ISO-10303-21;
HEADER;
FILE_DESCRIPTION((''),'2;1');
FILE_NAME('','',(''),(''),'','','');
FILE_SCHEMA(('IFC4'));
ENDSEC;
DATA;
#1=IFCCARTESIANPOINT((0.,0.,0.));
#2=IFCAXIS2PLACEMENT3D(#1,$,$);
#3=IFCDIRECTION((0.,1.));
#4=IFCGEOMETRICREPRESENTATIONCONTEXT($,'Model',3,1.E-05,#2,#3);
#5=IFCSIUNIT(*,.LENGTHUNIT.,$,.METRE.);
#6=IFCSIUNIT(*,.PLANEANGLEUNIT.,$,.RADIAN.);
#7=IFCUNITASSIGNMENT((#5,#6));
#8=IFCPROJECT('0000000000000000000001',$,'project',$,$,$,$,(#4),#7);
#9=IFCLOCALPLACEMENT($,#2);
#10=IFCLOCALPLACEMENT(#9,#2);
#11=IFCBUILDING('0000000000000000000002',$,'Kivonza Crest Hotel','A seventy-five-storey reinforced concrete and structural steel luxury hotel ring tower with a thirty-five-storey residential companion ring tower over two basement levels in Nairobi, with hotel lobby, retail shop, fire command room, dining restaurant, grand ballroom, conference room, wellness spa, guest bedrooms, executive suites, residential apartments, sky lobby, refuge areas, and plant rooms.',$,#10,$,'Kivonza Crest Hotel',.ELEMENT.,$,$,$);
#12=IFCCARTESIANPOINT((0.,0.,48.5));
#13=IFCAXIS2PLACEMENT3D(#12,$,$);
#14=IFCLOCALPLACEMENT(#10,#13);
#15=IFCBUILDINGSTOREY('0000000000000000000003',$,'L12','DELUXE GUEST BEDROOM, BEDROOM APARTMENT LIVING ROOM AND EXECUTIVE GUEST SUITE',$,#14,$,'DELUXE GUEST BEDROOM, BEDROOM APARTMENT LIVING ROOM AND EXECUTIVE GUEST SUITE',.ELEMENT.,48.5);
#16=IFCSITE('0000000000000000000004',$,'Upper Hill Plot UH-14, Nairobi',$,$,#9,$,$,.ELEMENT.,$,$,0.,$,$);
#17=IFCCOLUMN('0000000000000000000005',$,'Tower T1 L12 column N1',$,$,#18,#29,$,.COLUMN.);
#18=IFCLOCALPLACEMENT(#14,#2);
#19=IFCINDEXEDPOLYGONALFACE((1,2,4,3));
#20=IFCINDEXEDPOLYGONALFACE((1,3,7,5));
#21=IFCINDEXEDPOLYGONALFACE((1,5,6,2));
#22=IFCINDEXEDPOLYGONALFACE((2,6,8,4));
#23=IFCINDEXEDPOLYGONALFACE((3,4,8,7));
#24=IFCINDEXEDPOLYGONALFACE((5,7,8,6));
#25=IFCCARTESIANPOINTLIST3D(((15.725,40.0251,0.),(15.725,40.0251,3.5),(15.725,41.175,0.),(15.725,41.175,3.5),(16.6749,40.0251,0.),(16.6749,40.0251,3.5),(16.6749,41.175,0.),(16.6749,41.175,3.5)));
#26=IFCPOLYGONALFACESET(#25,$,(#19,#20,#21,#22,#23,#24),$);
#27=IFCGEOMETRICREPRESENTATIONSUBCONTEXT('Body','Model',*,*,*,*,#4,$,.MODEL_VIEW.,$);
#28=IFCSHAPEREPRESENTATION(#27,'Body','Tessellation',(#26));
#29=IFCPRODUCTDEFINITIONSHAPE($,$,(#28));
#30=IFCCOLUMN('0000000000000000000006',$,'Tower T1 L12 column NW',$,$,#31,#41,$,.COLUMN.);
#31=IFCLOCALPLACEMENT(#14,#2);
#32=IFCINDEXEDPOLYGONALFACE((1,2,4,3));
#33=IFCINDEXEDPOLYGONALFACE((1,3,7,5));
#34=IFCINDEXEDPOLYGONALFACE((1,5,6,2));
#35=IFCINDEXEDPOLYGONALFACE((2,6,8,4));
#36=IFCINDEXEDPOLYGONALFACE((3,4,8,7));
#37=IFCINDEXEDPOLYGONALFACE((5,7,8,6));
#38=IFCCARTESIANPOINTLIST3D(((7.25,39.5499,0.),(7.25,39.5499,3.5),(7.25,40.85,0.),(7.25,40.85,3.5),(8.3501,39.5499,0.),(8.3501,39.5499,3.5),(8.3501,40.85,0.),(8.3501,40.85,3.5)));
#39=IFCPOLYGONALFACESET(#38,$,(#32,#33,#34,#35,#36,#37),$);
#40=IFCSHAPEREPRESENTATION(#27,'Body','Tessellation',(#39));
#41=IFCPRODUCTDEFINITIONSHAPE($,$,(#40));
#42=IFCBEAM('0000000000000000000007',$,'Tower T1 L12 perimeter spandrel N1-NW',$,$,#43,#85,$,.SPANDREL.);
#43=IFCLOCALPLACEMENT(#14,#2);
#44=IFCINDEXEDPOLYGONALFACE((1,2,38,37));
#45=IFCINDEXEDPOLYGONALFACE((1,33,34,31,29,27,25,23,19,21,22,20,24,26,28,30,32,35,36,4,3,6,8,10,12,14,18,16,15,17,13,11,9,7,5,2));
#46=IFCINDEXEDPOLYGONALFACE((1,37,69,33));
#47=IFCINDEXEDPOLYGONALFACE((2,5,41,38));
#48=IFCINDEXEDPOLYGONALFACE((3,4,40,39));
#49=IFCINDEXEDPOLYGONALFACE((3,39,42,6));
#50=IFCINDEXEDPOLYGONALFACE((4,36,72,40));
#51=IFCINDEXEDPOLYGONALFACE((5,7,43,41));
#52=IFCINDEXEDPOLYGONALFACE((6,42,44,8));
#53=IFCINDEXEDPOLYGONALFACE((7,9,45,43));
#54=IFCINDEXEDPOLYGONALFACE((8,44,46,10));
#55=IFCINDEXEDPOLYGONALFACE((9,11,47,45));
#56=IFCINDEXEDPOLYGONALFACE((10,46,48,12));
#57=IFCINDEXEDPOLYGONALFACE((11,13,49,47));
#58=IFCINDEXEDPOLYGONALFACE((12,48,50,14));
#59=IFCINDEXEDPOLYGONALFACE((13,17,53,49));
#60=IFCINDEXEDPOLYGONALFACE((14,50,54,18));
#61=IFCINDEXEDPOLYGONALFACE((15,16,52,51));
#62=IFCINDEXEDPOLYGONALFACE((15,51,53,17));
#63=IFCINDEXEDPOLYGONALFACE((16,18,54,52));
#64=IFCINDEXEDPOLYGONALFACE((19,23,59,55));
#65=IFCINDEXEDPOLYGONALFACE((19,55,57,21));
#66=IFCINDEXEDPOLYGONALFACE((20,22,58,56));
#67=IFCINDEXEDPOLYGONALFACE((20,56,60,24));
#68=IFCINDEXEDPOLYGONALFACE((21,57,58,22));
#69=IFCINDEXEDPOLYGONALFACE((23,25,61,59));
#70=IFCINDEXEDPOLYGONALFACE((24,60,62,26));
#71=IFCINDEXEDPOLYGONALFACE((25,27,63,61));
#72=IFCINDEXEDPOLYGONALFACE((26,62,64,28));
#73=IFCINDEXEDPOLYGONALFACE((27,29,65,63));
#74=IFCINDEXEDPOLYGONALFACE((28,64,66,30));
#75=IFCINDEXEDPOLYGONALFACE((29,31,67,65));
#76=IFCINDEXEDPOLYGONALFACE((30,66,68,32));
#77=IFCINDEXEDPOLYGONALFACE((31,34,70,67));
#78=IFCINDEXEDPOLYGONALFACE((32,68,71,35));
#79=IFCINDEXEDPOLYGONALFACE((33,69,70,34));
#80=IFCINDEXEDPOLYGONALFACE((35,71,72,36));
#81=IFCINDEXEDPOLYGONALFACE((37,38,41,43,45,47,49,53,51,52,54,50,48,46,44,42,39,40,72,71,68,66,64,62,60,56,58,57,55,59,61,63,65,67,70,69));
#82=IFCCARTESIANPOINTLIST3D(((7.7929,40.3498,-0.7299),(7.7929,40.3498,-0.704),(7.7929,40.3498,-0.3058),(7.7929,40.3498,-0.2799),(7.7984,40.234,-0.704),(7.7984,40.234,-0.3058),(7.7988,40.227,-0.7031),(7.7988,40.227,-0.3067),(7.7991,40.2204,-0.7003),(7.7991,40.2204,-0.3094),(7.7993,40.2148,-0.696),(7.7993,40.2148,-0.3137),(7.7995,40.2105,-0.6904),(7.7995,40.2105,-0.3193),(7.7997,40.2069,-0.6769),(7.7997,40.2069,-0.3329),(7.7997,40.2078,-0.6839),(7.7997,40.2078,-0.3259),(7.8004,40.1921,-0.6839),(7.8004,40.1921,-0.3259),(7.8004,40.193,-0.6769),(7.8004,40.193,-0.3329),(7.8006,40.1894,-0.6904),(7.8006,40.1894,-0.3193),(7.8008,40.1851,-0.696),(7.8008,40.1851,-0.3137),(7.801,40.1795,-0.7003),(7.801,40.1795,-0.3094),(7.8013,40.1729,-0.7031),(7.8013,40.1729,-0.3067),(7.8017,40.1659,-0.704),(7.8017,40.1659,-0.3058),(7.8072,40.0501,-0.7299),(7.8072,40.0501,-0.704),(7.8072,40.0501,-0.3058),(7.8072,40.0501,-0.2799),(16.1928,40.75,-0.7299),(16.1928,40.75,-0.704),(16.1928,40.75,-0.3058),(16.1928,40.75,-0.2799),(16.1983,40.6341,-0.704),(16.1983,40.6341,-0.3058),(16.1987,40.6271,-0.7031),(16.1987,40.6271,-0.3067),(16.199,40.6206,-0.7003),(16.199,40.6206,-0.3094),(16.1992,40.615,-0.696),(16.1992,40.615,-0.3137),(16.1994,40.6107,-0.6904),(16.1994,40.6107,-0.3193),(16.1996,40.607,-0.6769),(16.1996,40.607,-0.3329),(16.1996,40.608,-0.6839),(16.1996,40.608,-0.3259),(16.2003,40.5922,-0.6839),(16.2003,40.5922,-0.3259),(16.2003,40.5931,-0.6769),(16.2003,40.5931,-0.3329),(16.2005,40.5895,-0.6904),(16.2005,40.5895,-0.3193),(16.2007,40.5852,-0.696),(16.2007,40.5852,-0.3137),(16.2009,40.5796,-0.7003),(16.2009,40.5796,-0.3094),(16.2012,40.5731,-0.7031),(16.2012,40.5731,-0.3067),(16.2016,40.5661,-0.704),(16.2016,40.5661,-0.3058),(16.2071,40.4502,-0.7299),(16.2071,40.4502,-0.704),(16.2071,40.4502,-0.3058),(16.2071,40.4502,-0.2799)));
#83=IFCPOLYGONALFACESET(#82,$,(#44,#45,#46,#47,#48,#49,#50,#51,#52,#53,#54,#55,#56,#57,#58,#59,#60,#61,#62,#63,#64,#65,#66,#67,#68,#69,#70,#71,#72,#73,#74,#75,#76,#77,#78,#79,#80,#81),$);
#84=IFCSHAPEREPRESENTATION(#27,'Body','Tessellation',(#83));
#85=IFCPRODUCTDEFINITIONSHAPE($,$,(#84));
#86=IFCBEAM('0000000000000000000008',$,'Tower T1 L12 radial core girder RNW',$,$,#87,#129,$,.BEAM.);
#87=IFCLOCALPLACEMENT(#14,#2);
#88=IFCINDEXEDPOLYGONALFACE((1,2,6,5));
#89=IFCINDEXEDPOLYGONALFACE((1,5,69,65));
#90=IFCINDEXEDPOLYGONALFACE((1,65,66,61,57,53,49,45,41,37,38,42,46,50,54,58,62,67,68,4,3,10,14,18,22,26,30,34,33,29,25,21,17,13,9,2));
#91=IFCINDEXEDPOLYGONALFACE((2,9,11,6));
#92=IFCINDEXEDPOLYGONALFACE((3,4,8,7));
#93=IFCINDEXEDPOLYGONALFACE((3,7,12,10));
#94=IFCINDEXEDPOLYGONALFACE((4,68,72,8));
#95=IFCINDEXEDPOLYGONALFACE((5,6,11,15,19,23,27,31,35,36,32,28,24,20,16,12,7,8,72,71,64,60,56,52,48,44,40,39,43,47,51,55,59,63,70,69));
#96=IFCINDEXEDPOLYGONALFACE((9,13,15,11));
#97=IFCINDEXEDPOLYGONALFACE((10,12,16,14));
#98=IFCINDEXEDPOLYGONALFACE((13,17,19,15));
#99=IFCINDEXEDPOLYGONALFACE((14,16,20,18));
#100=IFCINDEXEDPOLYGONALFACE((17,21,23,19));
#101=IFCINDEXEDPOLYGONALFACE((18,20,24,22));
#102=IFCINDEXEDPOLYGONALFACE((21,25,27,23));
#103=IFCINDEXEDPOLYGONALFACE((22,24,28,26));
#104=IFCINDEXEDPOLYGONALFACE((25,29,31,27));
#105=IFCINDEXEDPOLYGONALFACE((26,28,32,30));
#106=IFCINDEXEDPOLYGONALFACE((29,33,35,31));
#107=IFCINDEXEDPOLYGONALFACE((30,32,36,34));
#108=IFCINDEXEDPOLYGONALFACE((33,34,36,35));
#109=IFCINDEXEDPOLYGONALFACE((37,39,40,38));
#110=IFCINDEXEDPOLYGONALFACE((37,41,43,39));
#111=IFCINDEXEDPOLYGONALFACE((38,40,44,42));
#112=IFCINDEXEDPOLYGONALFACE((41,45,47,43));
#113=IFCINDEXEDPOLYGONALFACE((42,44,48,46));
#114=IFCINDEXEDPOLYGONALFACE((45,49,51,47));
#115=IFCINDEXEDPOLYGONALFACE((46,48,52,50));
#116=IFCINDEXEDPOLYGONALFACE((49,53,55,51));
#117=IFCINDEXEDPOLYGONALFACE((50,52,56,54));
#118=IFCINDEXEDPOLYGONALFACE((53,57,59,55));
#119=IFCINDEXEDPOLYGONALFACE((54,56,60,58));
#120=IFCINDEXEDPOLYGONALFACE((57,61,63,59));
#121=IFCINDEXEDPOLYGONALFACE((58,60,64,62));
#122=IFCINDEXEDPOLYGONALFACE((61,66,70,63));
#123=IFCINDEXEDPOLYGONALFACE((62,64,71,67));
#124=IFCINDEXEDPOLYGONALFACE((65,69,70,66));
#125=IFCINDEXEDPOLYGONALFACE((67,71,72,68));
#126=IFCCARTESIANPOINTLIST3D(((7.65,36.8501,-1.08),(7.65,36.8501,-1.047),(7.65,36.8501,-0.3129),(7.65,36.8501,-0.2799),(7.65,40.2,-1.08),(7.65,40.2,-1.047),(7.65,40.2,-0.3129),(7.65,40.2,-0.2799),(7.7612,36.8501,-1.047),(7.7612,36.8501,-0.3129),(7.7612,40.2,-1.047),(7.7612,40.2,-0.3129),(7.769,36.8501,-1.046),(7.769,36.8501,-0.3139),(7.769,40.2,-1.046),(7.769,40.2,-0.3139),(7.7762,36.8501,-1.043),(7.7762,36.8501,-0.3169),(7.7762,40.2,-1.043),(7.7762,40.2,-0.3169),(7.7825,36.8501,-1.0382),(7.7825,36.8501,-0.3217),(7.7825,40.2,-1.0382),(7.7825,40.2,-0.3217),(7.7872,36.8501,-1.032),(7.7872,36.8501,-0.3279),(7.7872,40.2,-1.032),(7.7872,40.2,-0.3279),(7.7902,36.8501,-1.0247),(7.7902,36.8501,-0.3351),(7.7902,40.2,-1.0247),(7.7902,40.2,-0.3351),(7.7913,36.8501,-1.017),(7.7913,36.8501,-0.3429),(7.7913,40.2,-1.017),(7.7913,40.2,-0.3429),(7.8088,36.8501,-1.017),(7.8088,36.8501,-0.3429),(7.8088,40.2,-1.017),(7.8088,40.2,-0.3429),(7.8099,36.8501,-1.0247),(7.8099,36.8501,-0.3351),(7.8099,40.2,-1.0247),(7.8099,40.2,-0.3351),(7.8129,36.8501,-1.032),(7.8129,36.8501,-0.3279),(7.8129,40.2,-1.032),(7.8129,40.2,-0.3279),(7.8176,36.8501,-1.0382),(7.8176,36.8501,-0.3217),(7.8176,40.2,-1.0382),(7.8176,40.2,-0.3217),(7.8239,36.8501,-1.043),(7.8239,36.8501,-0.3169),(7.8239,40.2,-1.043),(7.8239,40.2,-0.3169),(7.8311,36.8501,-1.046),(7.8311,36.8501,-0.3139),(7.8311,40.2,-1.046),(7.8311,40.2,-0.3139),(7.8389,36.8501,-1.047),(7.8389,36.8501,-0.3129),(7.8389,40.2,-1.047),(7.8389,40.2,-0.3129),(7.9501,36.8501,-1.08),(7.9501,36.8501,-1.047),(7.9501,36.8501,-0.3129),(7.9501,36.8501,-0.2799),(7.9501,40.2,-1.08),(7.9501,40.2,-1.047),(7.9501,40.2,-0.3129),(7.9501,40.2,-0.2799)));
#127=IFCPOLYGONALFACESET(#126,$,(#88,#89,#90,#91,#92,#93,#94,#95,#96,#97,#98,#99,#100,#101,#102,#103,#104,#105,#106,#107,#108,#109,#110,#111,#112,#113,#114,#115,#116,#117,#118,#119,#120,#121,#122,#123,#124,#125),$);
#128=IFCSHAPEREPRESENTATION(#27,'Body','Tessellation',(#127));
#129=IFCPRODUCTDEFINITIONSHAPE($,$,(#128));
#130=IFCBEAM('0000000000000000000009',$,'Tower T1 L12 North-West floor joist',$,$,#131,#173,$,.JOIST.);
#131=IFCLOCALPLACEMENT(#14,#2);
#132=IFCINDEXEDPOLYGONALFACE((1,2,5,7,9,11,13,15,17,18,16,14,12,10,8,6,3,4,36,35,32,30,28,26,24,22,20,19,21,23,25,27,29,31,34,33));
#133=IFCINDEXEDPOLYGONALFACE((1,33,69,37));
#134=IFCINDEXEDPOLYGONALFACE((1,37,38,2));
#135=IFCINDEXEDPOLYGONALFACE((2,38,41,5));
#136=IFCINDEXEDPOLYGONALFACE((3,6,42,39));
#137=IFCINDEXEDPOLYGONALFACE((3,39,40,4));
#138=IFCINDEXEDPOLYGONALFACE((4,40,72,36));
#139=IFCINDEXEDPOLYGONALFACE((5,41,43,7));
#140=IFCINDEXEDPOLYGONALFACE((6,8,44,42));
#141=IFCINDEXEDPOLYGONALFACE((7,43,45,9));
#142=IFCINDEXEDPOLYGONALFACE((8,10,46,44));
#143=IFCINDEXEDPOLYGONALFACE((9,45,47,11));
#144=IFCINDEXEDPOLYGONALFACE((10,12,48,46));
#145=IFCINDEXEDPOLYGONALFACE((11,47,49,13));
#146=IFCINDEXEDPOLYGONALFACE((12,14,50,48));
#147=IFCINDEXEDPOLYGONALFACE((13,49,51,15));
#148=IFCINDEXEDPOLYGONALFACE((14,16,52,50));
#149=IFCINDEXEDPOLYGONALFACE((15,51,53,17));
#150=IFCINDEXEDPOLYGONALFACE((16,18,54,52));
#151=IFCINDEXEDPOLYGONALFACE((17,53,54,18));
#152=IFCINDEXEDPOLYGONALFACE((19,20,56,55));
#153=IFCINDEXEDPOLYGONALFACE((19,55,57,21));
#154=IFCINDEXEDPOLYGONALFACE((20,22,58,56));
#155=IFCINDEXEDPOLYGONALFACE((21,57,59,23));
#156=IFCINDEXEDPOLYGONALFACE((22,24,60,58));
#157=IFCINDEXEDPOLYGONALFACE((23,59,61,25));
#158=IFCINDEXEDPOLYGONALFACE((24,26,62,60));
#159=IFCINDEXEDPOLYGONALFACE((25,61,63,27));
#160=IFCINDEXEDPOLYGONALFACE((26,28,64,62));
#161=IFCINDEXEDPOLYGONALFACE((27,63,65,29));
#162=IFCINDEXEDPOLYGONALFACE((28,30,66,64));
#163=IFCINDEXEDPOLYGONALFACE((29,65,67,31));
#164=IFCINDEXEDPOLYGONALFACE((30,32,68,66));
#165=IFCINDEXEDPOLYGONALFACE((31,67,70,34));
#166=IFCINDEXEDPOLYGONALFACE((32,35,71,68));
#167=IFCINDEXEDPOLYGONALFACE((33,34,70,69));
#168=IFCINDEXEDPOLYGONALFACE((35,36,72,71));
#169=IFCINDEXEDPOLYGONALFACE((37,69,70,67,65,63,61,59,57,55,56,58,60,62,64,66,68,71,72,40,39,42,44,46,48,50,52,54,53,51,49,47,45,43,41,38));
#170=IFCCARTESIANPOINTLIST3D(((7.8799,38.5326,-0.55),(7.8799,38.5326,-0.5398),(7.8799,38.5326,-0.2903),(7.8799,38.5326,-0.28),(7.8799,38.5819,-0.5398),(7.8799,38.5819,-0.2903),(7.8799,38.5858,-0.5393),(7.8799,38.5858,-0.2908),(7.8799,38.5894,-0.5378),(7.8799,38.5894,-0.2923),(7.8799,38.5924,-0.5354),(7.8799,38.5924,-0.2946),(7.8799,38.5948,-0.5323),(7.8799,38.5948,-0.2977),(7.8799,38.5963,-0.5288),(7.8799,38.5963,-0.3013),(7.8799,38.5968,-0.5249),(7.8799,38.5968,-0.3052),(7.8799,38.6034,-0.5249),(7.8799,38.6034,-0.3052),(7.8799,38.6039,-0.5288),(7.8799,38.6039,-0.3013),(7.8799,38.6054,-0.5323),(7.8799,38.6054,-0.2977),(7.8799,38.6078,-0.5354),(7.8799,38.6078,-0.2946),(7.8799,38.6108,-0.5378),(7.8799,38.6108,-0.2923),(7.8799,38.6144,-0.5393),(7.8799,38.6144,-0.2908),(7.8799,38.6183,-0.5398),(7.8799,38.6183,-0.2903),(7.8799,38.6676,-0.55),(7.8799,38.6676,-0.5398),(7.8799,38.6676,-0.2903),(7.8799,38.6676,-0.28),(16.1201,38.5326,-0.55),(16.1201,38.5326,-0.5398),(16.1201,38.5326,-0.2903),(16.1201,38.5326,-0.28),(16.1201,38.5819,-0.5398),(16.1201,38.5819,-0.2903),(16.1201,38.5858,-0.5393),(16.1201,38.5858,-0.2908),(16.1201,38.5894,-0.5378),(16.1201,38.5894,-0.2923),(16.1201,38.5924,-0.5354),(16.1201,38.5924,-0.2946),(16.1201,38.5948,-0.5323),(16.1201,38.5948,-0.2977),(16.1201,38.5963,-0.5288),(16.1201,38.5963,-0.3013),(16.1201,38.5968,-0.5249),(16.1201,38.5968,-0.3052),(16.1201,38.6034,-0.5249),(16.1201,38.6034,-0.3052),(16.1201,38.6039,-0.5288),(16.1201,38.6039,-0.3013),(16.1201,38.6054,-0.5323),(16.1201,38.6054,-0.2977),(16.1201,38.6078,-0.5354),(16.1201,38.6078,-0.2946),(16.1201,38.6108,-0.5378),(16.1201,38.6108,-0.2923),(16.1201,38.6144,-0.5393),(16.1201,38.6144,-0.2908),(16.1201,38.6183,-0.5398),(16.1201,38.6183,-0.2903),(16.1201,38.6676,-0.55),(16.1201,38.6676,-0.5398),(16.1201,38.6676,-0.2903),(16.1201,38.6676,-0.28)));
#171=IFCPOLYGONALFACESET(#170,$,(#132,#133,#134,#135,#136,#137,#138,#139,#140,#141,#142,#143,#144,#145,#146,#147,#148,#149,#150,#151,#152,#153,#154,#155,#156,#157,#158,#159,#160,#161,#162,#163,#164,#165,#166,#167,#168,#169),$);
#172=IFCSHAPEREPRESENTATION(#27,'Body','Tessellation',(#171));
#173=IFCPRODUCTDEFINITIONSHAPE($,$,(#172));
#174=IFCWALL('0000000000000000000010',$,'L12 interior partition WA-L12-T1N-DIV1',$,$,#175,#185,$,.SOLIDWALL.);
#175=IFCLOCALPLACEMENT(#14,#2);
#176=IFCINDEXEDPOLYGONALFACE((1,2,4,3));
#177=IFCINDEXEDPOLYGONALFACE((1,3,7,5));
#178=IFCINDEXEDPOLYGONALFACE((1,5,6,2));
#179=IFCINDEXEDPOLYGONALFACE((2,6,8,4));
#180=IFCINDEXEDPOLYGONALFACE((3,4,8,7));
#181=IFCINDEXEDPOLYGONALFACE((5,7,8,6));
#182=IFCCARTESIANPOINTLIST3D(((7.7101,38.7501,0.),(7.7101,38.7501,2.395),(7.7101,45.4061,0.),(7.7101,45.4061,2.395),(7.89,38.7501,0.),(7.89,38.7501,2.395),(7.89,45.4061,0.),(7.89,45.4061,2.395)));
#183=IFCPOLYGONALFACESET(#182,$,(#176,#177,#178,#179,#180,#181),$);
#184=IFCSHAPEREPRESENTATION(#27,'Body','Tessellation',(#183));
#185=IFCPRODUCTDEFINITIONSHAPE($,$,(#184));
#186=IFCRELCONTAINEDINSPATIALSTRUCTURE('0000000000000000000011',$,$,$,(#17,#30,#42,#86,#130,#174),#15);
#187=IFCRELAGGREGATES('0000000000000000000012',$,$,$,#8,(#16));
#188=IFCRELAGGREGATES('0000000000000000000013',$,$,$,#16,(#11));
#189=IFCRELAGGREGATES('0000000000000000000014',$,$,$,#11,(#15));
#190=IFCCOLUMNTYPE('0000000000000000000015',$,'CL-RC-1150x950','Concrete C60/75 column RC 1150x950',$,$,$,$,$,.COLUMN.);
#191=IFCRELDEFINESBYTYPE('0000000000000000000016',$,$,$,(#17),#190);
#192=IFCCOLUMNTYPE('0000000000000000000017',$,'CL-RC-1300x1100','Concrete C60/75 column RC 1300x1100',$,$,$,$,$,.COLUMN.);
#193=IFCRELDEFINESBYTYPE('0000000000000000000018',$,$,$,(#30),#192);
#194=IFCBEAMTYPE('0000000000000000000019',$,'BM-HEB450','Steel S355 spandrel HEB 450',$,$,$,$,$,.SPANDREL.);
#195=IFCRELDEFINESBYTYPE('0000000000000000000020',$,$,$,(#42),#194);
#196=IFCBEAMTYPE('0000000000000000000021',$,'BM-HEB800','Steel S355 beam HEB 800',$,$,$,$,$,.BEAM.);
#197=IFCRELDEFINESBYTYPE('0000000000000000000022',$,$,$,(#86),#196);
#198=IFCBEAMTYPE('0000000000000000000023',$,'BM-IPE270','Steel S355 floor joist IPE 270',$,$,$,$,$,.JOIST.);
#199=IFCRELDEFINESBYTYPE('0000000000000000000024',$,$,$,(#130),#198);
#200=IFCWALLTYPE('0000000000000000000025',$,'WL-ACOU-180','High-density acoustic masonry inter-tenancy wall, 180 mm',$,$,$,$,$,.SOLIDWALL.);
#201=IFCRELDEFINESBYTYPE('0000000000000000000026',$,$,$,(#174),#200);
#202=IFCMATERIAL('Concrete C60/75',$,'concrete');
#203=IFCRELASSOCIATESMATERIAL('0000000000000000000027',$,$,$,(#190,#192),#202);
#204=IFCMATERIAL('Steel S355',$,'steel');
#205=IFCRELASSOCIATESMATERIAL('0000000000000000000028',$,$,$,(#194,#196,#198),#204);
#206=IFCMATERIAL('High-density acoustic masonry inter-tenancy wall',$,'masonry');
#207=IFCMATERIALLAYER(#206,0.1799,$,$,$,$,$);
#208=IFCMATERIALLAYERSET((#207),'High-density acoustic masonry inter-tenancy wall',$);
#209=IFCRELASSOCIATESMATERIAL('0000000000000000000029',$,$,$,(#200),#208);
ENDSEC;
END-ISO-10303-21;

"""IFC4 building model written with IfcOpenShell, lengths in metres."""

from ifc_helpers import new_model, si_unit, direction, frame, frame_2d, origin, origin_2d, place, context, subcontext, project, spatial, rectangle, i_section, extrude, material, layer, layer_set, material_profile, profile_set, type_object, element, save


model = new_model("IFC4")

# Units and contexts
model_context = context("Model", 3, precision=1e-05, world=origin(), true_north=direction((0.0, 1.0)))
body_context = subcontext(model_context, "Body", "Model", "MODEL_VIEW")
ifc_project = project(units=[si_unit("LENGTHUNIT", "METRE"), si_unit("PLANEANGLEUNIT", "RADIAN")], contexts=[model_context])

# Site, building, storey
site_placement = place(None, origin())
site = spatial("IfcSite", under=ifc_project, at=site_placement, Name="Upper Hill Plot UH-14, Nairobi", CompositionType="ELEMENT", RefElevation=0.0)
building_placement = place(site_placement, origin())
building = spatial("IfcBuilding", under=site, at=building_placement, Name="Kivonza Crest Hotel", Description="A seventy-five-storey reinforced concrete and structural steel luxury hotel ring tower with a thirty-five-storey residential companion ring tower over two basement levels in Nairobi, with hotel lobby, retail shop, fire command room, dining restaurant, grand ballroom, conference room, wellness spa, guest bedrooms, executive suites, residential apartments, sky lobby, refuge areas, and plant rooms.", LongName="Kivonza Crest Hotel", CompositionType="ELEMENT")
storey_placement = place(building_placement, frame((0.0, 0.0, 48.5)))
storey = spatial("IfcBuildingStorey", under=building, at=storey_placement, Name="L12", Description="DELUXE GUEST BEDROOM, BEDROOM APARTMENT LIVING ROOM AND EXECUTIVE GUEST SUITE", LongName="DELUXE GUEST BEDROOM, BEDROOM APARTMENT LIVING ROOM AND EXECUTIVE GUEST SUITE", CompositionType="ELEMENT", Elevation=48.5)

# Columns
ifc_material_1 = material(Name="Concrete C60/75", Category="concrete")
ifc_material_profile_1 = material_profile(ifc_material_1, rectangle(XDim=0.95, YDim=1.1499, at=origin_2d()), Name="RC 1150x950")
ifc_profile_set_1 = profile_set([ifc_material_profile_1], Name="Concrete C60/75")
column_type_1 = type_object("IfcColumnType", Name="CL-RC-1150x950", Description="Concrete C60/75 column RC 1150x950", PredefinedType="COLUMN", material=ifc_profile_set_1)
column_1_placement = place(storey_placement, frame((16.2, 40.6001, 0.0), z_axis=(0.0, 0.0, 1.0), x_axis=(1.0, 0.0, 0.0)))
element("IfcColumn", 1, at=column_1_placement, inside=storey, type_object=column_type_1, Name="Tower T1 L12 column N1", PredefinedType="COLUMN", context=body_context, shape_type="SweptSolid", body=[
    extrude(rectangle(XDim=0.95, YDim=1.1499, at=origin_2d()), origin(), (0.0, 0.0, 1.0), 3.5),
])
ifc_material_profile_2 = material_profile(ifc_material_1, rectangle(XDim=1.1001, YDim=1.3, at=origin_2d()), Name="RC 1300x1100")
ifc_profile_set_2 = profile_set([ifc_material_profile_2], Name="Concrete C60/75")
column_type_2 = type_object("IfcColumnType", Name="CL-RC-1300x1100", Description="Concrete C60/75 column RC 1300x1100", PredefinedType="COLUMN", material=ifc_profile_set_2)
column_2_placement = place(storey_placement, frame((7.8, 40.2, 0.0), z_axis=(0.0, 0.0, 1.0), x_axis=(1.0, 0.0, 0.0)))
element("IfcColumn", 2, at=column_2_placement, inside=storey, type_object=column_type_2, Name="Tower T1 L12 column NW", PredefinedType="COLUMN", context=body_context, shape_type="SweptSolid", body=[
    extrude(rectangle(XDim=1.1001, YDim=1.3, at=origin_2d()), origin(), (0.0, 0.0, 1.0), 3.5),
])

# Beams
ifc_material_2 = material(Name="Steel S355", Category="steel")
ifc_material_profile_3 = material_profile(ifc_material_2, i_section(OverallWidth=0.3, OverallDepth=0.45, WebThickness=0.0139, FlangeThickness=0.0259, FilletRadius=0.0271, at=origin_2d()), Name="HEB 450")
ifc_profile_set_3 = profile_set([ifc_material_profile_3], Name="Steel S355")
beam_type_1 = type_object("IfcBeamType", Name="BM-HEB450", Description="Steel S355 spandrel HEB 450", PredefinedType="SPANDREL", material=ifc_profile_set_3)
beam_1_placement = place(storey_placement, frame((16.2, 40.6001, -0.5049), z_axis=(-0.998867, -0.047583, 0.0), x_axis=(0.047583, -0.998867, 0.0)))
element("IfcBeam", 3, at=beam_1_placement, inside=storey, type_object=beam_type_1, Name="Tower T1 L12 perimeter spandrel N1-NW", PredefinedType="SPANDREL", context=body_context, shape_type="SweptSolid", body=[
    extrude(i_section(OverallWidth=0.3, OverallDepth=0.45, WebThickness=0.0139, FlangeThickness=0.0259, FilletRadius=0.0271, at=origin_2d()), origin(), (0.0, 0.0, 1.0), 8.4094),
])
ifc_material_profile_4 = material_profile(ifc_material_2, i_section(OverallWidth=0.3, OverallDepth=0.8, WebThickness=0.0176, FlangeThickness=0.033, FilletRadius=0.03, at=origin_2d()), Name="HEB 800")
ifc_profile_set_4 = profile_set([ifc_material_profile_4], Name="Steel S355")
beam_type_2 = type_object("IfcBeamType", Name="BM-HEB800", Description="Steel S355 beam HEB 800", PredefinedType="BEAM", material=ifc_profile_set_4)
beam_2_placement = place(storey_placement, frame((7.8, 40.2, -0.6799), z_axis=(0.0, -1.0, 0.0), x_axis=(1.0, 0.0, 0.0)))
element("IfcBeam", 4, at=beam_2_placement, inside=storey, type_object=beam_type_2, Name="Tower T1 L12 radial core girder RNW", PredefinedType="BEAM", context=body_context, shape_type="SweptSolid", body=[
    extrude(i_section(OverallWidth=0.3, OverallDepth=0.8, WebThickness=0.0176, FlangeThickness=0.033, FilletRadius=0.03, at=origin_2d()), origin(), (0.0, 0.0, 1.0), 3.3499),
])
ifc_material_profile_5 = material_profile(ifc_material_2, i_section(OverallWidth=0.135, OverallDepth=0.27, WebThickness=0.0066, FlangeThickness=0.0103, FilletRadius=0.0149, at=origin_2d()), Name="IPE 270")
ifc_profile_set_5 = profile_set([ifc_material_profile_5], Name="Steel S355")
beam_type_3 = type_object("IfcBeamType", Name="BM-IPE270", Description="Steel S355 floor joist IPE 270", PredefinedType="JOIST", material=ifc_profile_set_5)
beam_3_placement = place(storey_placement, frame((7.8799, 38.6001, -0.415), z_axis=(1.0, 0.0, 0.0), x_axis=(0.0, 1.0, 0.0)))
element("IfcBeam", 5, at=beam_3_placement, inside=storey, type_object=beam_type_3, Name="Tower T1 L12 North-West floor joist", PredefinedType="JOIST", context=body_context, shape_type="SweptSolid", body=[
    extrude(i_section(OverallWidth=0.135, OverallDepth=0.27, WebThickness=0.0066, FlangeThickness=0.0103, FilletRadius=0.0149, at=origin_2d()), origin(), (0.0, 0.0, 1.0), 8.2402),
])

# Wall
ifc_material_3 = material(Name="High-density acoustic masonry inter-tenancy wall", Category="masonry")
ifc_layer_1 = layer(ifc_material_3, 0.1799)
ifc_layer_set_1 = layer_set([ifc_layer_1], Name="High-density acoustic masonry inter-tenancy wall")
wall_type_1 = type_object("IfcWallType", Name="WL-ACOU-180", Description="High-density acoustic masonry inter-tenancy wall, 180 mm", PredefinedType="SOLIDWALL", material=ifc_layer_set_1)
wall_1_placement = place(storey_placement, frame((7.8, 38.75, 0.0), z_axis=(0.0, 0.0, 1.0), x_axis=(0.0, 1.0, 0.0)))
element("IfcWall", 6, at=wall_1_placement, inside=storey, type_object=wall_type_1, Name="L12 interior partition WA-L12-T1N-DIV1", PredefinedType="SOLIDWALL", context=body_context, shape_type="SweptSolid", body=[
    extrude(rectangle(XDim=6.656, YDim=0.1799, at=frame_2d((3.3281, 0.0))), origin(), (0.0, 0.0, 1.0), 2.395),
])

save(model, "model.ifc")
